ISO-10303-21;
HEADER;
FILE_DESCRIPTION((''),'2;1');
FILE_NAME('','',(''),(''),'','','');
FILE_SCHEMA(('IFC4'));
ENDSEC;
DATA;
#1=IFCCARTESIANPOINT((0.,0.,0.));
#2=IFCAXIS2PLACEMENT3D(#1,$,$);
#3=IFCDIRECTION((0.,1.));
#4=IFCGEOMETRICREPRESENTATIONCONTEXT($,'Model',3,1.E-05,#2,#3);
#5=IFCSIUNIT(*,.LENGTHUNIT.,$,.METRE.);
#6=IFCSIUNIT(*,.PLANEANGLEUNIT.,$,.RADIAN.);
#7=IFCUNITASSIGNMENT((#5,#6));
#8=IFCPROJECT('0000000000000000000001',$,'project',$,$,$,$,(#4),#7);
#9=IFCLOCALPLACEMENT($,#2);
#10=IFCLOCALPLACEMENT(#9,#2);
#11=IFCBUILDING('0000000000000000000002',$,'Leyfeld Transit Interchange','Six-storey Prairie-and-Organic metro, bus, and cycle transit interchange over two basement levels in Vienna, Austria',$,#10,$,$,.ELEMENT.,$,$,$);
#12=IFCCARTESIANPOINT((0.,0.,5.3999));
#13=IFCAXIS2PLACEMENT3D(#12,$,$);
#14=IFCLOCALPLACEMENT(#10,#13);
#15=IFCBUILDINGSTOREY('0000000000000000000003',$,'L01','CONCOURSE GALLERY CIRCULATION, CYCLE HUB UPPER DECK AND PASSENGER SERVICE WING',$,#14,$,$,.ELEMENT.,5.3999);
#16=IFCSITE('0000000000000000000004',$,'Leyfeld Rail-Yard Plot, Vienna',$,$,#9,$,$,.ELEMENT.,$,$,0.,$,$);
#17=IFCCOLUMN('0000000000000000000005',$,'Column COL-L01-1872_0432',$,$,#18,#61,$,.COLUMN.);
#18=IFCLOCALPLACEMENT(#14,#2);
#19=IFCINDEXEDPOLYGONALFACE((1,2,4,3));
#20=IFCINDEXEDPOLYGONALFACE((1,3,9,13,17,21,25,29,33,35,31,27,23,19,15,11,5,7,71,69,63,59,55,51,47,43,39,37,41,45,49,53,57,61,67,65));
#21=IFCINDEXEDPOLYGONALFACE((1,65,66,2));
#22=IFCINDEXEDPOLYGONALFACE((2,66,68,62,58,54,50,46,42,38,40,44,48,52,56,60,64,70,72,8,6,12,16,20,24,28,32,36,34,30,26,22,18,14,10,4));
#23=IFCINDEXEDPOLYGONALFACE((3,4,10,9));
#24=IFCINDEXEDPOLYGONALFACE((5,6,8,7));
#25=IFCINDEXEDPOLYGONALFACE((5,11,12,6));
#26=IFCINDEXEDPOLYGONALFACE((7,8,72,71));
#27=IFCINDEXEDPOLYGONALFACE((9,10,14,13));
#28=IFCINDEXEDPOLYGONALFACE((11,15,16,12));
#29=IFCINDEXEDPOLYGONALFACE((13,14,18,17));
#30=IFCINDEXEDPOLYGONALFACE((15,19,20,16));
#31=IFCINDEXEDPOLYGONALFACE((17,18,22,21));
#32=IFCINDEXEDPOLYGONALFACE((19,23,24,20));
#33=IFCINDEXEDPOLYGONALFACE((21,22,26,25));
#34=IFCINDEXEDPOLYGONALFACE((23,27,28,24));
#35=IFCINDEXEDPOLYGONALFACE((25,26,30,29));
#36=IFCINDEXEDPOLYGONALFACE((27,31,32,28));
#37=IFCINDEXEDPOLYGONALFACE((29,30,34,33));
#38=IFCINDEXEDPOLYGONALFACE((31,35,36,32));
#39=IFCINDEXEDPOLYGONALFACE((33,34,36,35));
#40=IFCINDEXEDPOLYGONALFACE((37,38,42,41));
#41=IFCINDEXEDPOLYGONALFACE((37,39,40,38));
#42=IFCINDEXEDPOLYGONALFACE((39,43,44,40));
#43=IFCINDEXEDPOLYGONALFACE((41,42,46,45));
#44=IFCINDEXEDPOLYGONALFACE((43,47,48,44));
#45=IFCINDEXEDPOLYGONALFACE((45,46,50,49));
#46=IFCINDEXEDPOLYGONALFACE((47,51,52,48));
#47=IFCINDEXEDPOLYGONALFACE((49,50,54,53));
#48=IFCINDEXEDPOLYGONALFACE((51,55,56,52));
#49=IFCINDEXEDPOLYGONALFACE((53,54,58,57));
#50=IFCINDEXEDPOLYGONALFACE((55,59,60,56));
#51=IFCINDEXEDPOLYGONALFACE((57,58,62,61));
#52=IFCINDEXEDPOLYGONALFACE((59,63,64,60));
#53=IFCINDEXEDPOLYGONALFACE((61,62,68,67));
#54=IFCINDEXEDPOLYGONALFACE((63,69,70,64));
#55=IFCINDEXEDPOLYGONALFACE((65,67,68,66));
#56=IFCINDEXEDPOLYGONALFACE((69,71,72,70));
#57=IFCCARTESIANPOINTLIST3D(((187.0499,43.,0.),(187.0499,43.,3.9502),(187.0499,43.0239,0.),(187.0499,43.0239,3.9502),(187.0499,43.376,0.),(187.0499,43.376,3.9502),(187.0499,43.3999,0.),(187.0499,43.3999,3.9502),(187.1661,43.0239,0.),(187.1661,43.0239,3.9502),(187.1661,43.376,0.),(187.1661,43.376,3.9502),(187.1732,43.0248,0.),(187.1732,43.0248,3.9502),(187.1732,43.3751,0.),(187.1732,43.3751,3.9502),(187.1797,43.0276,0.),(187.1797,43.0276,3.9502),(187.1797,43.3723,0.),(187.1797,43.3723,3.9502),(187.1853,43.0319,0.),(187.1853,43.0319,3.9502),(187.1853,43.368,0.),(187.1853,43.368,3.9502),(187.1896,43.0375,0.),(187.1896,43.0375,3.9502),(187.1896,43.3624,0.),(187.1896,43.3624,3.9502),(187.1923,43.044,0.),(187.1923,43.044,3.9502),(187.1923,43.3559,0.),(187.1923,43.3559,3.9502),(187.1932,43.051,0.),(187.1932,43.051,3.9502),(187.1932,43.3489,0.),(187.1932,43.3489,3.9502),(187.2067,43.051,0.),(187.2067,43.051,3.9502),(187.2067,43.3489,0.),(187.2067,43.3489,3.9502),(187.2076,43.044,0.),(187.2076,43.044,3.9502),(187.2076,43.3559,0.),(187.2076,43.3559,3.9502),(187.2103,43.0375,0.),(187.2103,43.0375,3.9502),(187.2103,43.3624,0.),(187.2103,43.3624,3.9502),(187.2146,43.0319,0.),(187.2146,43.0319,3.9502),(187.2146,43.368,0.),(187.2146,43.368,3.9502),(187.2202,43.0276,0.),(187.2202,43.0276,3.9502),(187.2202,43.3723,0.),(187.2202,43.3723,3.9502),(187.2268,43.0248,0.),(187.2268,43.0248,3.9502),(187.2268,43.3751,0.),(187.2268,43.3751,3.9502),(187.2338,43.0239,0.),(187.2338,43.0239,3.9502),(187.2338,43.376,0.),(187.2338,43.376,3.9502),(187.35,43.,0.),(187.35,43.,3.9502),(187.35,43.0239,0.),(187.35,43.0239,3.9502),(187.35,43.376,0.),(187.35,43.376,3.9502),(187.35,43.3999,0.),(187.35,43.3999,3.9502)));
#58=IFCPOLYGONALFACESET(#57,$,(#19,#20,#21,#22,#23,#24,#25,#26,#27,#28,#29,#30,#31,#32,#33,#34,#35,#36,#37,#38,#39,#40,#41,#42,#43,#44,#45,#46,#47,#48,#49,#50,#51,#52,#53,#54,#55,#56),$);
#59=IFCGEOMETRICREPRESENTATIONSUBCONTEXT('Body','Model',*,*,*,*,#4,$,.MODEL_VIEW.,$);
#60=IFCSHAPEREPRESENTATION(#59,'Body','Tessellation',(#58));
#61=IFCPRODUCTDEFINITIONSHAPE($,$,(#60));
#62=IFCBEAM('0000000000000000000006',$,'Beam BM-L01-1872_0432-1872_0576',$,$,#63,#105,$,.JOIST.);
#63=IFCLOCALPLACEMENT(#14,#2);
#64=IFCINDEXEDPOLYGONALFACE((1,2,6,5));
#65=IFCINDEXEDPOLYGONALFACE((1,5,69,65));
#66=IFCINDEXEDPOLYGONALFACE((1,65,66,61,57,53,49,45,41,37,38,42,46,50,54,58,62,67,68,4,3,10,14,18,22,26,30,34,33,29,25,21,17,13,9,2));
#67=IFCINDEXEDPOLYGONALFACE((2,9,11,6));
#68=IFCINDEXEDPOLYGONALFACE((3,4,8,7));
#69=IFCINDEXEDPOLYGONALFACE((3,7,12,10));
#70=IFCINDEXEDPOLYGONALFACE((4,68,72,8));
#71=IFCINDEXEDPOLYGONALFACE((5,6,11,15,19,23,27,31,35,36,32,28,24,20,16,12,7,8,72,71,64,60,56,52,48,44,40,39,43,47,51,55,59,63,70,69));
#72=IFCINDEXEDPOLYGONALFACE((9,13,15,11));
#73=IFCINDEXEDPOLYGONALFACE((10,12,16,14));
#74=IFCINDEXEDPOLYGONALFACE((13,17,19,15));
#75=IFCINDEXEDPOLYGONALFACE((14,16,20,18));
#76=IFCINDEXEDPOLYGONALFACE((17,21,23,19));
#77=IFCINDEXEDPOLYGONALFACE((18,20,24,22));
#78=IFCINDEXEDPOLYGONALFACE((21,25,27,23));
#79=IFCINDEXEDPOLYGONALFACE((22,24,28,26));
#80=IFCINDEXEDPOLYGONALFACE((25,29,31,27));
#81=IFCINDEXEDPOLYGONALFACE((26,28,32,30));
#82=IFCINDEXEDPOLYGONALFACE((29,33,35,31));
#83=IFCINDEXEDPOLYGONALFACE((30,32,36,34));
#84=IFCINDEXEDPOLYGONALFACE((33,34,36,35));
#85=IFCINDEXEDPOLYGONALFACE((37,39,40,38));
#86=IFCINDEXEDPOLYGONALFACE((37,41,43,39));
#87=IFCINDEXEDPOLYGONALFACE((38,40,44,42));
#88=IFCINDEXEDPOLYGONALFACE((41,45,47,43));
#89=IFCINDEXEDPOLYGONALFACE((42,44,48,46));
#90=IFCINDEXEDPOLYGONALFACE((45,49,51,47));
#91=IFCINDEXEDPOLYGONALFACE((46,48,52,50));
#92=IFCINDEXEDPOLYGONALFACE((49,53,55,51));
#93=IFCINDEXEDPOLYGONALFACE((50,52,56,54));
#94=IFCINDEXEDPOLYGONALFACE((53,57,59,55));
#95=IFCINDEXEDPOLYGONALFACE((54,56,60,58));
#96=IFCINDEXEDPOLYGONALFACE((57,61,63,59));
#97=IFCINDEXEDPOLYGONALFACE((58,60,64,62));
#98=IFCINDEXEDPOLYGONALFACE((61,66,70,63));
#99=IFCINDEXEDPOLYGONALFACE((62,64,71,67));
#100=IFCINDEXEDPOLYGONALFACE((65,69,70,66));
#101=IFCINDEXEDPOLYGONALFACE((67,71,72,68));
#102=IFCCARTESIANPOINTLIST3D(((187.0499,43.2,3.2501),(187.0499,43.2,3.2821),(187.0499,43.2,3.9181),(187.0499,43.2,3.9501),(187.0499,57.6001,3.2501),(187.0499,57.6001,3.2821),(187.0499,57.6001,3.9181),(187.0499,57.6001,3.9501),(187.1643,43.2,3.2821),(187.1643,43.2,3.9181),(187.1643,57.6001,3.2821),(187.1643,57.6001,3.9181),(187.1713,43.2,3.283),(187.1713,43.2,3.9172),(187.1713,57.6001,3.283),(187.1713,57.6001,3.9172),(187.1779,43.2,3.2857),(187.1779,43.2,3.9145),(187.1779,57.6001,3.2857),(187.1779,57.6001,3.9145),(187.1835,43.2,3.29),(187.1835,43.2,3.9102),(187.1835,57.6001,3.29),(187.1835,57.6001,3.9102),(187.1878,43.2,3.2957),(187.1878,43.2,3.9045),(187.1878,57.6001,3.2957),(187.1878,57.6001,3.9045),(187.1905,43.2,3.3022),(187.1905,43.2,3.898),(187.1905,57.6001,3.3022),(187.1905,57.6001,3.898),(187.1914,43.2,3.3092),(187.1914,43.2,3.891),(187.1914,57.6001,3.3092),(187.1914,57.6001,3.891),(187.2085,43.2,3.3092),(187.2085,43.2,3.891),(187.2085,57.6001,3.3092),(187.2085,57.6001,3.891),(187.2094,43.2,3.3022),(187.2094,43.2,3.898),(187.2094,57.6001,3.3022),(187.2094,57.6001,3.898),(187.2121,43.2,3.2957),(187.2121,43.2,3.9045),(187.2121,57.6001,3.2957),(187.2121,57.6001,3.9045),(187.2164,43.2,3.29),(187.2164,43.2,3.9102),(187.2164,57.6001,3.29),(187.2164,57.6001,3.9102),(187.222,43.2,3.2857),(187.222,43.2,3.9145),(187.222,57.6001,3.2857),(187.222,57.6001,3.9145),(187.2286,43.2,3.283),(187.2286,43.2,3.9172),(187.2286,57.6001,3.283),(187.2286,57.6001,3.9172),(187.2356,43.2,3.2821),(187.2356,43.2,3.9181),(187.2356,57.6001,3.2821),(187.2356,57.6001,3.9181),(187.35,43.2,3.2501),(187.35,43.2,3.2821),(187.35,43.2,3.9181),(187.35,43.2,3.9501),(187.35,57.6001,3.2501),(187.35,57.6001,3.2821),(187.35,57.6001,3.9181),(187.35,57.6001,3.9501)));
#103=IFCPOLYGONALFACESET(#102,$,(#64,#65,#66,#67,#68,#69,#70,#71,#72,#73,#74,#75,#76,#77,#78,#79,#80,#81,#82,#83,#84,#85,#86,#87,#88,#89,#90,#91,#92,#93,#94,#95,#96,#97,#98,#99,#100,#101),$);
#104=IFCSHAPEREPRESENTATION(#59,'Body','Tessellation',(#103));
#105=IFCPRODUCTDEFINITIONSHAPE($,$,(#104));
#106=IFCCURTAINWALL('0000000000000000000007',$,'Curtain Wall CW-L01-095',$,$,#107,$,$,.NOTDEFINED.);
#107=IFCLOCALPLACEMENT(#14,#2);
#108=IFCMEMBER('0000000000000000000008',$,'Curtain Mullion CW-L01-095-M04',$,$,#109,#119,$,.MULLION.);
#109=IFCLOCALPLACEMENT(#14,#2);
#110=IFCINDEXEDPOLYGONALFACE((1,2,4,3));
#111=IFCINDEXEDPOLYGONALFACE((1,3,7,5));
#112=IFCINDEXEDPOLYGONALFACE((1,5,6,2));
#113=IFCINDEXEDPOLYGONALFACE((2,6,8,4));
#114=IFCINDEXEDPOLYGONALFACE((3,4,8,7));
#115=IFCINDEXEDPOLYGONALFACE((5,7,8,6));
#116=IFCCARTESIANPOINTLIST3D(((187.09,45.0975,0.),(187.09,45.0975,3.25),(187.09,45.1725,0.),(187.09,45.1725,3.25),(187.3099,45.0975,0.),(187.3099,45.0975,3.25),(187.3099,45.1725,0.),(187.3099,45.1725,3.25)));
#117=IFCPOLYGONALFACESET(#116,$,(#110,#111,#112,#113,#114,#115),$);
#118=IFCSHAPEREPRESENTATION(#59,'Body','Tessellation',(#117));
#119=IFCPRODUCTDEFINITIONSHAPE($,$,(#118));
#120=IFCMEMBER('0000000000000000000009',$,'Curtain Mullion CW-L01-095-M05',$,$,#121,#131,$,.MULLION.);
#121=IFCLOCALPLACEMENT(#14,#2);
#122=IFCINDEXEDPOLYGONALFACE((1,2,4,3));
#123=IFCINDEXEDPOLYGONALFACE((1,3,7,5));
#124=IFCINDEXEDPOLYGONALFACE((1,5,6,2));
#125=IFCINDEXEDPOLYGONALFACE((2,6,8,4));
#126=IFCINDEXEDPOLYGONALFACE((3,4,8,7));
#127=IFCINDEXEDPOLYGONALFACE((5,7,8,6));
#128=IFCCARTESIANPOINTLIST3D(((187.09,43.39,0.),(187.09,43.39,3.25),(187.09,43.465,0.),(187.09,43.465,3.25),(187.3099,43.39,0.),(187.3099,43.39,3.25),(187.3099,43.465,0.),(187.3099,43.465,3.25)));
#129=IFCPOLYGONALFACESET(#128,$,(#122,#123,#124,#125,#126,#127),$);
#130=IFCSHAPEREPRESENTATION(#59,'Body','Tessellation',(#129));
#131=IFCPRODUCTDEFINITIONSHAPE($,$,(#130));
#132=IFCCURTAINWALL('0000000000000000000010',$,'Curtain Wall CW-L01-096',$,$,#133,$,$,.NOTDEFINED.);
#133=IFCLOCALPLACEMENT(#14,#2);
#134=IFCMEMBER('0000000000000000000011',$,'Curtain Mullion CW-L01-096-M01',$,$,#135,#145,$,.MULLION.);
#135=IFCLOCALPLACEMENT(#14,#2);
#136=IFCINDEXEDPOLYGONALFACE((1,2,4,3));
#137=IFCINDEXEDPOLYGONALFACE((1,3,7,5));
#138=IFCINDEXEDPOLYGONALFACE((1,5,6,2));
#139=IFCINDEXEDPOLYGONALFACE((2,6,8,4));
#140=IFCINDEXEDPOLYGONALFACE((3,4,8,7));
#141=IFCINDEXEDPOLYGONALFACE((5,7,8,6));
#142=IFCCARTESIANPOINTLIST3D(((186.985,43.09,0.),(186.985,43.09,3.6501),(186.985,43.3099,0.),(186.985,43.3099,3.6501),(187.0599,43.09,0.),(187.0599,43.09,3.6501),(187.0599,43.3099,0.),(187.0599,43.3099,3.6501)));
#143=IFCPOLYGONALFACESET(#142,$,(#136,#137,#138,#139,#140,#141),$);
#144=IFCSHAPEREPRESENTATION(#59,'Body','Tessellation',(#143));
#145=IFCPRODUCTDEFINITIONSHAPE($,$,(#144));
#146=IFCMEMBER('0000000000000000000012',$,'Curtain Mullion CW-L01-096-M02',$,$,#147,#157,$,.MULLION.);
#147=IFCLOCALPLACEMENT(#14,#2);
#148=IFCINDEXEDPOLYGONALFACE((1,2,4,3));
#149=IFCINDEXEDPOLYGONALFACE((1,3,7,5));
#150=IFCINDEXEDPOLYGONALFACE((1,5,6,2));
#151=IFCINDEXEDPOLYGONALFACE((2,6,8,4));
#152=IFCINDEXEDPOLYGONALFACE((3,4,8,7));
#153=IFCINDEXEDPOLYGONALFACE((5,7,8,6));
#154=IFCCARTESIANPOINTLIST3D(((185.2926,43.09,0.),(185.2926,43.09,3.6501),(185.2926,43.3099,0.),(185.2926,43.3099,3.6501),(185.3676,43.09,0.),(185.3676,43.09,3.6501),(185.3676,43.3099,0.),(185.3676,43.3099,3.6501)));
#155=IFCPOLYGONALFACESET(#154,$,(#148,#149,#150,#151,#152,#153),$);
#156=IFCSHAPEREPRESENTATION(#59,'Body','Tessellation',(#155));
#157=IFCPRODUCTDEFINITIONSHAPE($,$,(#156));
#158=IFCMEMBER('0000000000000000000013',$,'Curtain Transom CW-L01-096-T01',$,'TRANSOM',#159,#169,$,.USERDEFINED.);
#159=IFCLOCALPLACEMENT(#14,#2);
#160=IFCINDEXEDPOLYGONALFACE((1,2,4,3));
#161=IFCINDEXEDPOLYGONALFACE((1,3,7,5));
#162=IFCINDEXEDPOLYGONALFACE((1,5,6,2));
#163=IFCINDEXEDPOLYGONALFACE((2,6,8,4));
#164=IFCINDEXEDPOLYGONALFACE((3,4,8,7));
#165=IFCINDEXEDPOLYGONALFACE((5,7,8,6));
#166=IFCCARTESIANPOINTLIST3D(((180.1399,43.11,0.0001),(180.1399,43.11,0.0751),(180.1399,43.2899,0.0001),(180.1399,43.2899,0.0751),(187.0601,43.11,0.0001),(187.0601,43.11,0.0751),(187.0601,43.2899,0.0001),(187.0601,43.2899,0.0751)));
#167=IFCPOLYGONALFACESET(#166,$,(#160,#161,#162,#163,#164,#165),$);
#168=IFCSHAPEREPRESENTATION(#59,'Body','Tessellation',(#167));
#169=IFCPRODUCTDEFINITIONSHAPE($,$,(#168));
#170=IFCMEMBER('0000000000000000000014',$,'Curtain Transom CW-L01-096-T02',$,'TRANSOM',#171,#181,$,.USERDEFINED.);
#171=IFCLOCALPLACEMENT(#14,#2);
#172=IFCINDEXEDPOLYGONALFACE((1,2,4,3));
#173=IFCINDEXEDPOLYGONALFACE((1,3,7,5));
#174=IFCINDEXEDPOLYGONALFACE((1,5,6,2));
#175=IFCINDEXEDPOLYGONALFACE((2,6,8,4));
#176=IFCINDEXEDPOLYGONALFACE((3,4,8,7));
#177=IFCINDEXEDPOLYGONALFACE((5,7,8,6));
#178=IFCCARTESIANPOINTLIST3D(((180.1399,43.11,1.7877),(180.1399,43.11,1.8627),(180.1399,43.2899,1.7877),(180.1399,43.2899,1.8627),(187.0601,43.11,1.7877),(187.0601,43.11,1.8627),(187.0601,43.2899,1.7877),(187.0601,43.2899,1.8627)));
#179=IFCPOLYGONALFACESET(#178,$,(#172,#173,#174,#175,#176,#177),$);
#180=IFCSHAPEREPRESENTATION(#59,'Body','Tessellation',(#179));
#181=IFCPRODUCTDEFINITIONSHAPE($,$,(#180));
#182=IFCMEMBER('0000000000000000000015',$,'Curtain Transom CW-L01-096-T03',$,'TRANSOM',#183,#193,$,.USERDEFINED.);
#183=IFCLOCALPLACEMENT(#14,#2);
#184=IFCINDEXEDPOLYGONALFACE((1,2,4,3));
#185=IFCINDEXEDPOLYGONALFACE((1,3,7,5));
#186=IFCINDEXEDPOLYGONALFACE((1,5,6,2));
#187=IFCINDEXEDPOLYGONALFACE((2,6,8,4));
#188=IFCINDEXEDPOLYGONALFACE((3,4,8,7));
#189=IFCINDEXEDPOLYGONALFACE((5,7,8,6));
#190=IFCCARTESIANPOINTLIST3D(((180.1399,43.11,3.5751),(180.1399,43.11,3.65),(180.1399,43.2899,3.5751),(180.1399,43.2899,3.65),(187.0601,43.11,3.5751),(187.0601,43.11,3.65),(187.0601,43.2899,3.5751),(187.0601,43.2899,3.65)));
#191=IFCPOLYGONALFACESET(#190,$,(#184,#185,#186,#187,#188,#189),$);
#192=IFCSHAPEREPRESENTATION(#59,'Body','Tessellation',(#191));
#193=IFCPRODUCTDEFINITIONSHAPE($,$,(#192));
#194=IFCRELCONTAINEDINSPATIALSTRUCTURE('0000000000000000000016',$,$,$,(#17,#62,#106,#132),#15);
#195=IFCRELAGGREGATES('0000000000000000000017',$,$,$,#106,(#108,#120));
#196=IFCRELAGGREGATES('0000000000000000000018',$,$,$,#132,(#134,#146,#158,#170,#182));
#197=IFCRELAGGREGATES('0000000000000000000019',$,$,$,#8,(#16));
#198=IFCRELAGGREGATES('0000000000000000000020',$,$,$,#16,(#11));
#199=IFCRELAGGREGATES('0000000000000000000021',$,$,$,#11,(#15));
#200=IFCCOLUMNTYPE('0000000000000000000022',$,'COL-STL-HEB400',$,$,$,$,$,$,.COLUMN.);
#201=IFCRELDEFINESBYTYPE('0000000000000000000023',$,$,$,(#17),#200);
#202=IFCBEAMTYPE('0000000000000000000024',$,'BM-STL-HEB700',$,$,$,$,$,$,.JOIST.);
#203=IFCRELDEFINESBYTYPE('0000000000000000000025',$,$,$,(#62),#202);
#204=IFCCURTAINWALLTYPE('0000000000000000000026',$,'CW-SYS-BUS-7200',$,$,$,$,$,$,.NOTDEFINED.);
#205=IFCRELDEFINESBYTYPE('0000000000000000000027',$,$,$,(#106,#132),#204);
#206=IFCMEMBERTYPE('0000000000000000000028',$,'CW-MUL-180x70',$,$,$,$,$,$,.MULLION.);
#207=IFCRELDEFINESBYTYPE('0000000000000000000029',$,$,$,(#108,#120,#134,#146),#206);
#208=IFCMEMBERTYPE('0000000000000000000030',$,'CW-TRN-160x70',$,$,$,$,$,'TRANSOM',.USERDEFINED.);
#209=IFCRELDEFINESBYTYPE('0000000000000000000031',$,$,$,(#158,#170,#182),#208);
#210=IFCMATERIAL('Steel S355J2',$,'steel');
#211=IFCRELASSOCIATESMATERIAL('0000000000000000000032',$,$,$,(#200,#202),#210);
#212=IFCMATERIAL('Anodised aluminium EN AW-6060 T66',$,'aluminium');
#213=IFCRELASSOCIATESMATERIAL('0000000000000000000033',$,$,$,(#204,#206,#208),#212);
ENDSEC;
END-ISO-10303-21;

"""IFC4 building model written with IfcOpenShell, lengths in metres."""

from ifc_helpers import new_model, si_unit, direction, frame, origin, origin_2d, place, context, subcontext, project, spatial, rectangle, i_section, extrude, material, material_profile, profile_set, type_object, element, aggregate, save


model = new_model("IFC4")

# Units and contexts
model_context = context("Model", 3, precision=1e-05, world=origin(), true_north=direction((0.0, 1.0)))
body_context = subcontext(model_context, "Body", "Model", "MODEL_VIEW")
ifc_project = project(units=[si_unit("LENGTHUNIT", "METRE"), si_unit("PLANEANGLEUNIT", "RADIAN")], contexts=[model_context])

# Site, building, storey
site_placement = place(None, origin())
site = spatial("IfcSite", under=ifc_project, at=site_placement, Name="Leyfeld Rail-Yard Plot, Vienna", CompositionType="ELEMENT", RefElevation=0.0)
building_placement = place(site_placement, origin())
building = spatial("IfcBuilding", under=site, at=building_placement, Name="Leyfeld Transit Interchange", Description="Six-storey Prairie-and-Organic metro, bus, and cycle transit interchange over two basement levels in Vienna, Austria", CompositionType="ELEMENT")
storey_placement = place(building_placement, frame((0.0, 0.0, 5.3999)))
storey = spatial("IfcBuildingStorey", under=building, at=storey_placement, Name="L01", Description="CONCOURSE GALLERY CIRCULATION, CYCLE HUB UPPER DECK AND PASSENGER SERVICE WING", CompositionType="ELEMENT", Elevation=5.3999)

# Column
ifc_material_1 = material(Name="Steel S355J2", Category="steel")
ifc_material_profile_1 = material_profile(ifc_material_1, i_section(OverallWidth=0.3, OverallDepth=0.3999, WebThickness=0.0134, FlangeThickness=0.0239, FilletRadius=0.0271, at=origin_2d()), Name="HEB 400")
ifc_profile_set_1 = profile_set([ifc_material_profile_1], Name="Steel S355J2")
column_type = type_object("IfcColumnType", Name="COL-STL-HEB400", PredefinedType="COLUMN", material=ifc_profile_set_1)
column_placement = place(storey_placement, frame((187.2, 43.2, 0.0), z_axis=(0.0, 0.0, 1.0), x_axis=(1.0, 0.0, 0.0)))
element("IfcColumn", 1, at=column_placement, inside=storey, type_object=column_type, Name="Column COL-L01-1872_0432", PredefinedType="COLUMN", context=body_context, shape_type="SweptSolid", body=[
    extrude(i_section(OverallWidth=0.3, OverallDepth=0.3999, WebThickness=0.0134, FlangeThickness=0.0239, FilletRadius=0.0271, at=origin_2d()), origin(), (0.0, 0.0, 1.0), 3.9502),
])

# Beam
ifc_material_profile_2 = material_profile(ifc_material_1, i_section(OverallWidth=0.3, OverallDepth=0.7, WebThickness=0.0171, FlangeThickness=0.032, FilletRadius=0.0271, at=origin_2d()), Name="HEB 700")
ifc_profile_set_2 = profile_set([ifc_material_profile_2], Name="Steel S355J2")
beam_type = type_object("IfcBeamType", Name="BM-STL-HEB700", PredefinedType="JOIST", material=ifc_profile_set_2)
beam_placement = place(storey_placement, frame((187.2, 43.2, 3.6001), z_axis=(0.0, 1.0, 0.0), x_axis=(-1.0, 0.0, 0.0)))
element("IfcBeam", 2, at=beam_placement, inside=storey, type_object=beam_type, Name="Beam BM-L01-1872_0432-1872_0576", PredefinedType="JOIST", context=body_context, shape_type="SweptSolid", body=[
    extrude(i_section(OverallWidth=0.3, OverallDepth=0.7, WebThickness=0.0171, FlangeThickness=0.032, FilletRadius=0.0271, at=origin_2d()), origin(), (0.0, 0.0, 1.0), 14.4001),
])

# Curtain walls, members
ifc_material_2 = material(Name="Anodised aluminium EN AW-6060 T66", Category="aluminium")
curtain_wall_type = type_object("IfcCurtainWallType", Name="CW-SYS-BUS-7200", PredefinedType="NOTDEFINED", material=ifc_material_2)
curtain_wall_1_placement = place(storey_placement, origin())
curtain_wall_1 = element("IfcCurtainWall", 3, at=curtain_wall_1_placement, inside=storey, type_object=curtain_wall_type, Name="Curtain Wall CW-L01-095", PredefinedType="NOTDEFINED")
ifc_material_profile_3 = material_profile(ifc_material_2, rectangle(XDim=0.075, YDim=0.22, at=origin_2d()), Name="CW-M 75x220")
ifc_profile_set_3 = profile_set([ifc_material_profile_3], Name="Anodised aluminium EN AW-6060 T66")
member_type_1 = type_object("IfcMemberType", Name="CW-MUL-180x70", PredefinedType="MULLION", material=ifc_profile_set_3)
member_1_placement = place(storey_placement, frame((187.2, 45.135, 0.0), z_axis=(0.0, 0.0, 1.0), x_axis=(0.0, -1.0, 0.0)))
member_1 = element("IfcMember", 4, at=member_1_placement, type_object=member_type_1, Name="Curtain Mullion CW-L01-095-M04", PredefinedType="MULLION", context=body_context, shape_type="SweptSolid", body=[
    extrude(rectangle(XDim=0.075, YDim=0.22, at=origin_2d()), origin(), (0.0, 0.0, 1.0), 3.25),
])
member_2_placement = place(storey_placement, frame((187.2, 43.4275, 0.0), z_axis=(0.0, 0.0, 1.0), x_axis=(0.0, -1.0, 0.0)))
member_2 = element("IfcMember", 5, at=member_2_placement, type_object=member_type_1, Name="Curtain Mullion CW-L01-095-M05", PredefinedType="MULLION", context=body_context, shape_type="SweptSolid", body=[
    extrude(rectangle(XDim=0.075, YDim=0.22, at=origin_2d()), origin(), (0.0, 0.0, 1.0), 3.25),
])
curtain_wall_2_placement = place(storey_placement, origin())
curtain_wall_2 = element("IfcCurtainWall", 6, at=curtain_wall_2_placement, inside=storey, type_object=curtain_wall_type, Name="Curtain Wall CW-L01-096", PredefinedType="NOTDEFINED")
member_3_placement = place(storey_placement, frame((187.0225, 43.2, 0.0), z_axis=(0.0, 0.0, 1.0), x_axis=(-1.0, 0.0, 0.0)))
member_3 = element("IfcMember", 7, at=member_3_placement, type_object=member_type_1, Name="Curtain Mullion CW-L01-096-M01", PredefinedType="MULLION", context=body_context, shape_type="SweptSolid", body=[
    extrude(rectangle(XDim=0.075, YDim=0.22, at=origin_2d()), origin(), (0.0, 0.0, 1.0), 3.6501),
])
member_4_placement = place(storey_placement, frame((185.3301, 43.2, 0.0), z_axis=(0.0, 0.0, 1.0), x_axis=(-1.0, 0.0, 0.0)))
member_4 = element("IfcMember", 8, at=member_4_placement, type_object=member_type_1, Name="Curtain Mullion CW-L01-096-M02", PredefinedType="MULLION", context=body_context, shape_type="SweptSolid", body=[
    extrude(rectangle(XDim=0.075, YDim=0.22, at=origin_2d()), origin(), (0.0, 0.0, 1.0), 3.6501),
])
ifc_material_profile_4 = material_profile(ifc_material_2, rectangle(XDim=0.1799, YDim=0.075, at=origin_2d()), Name="CW-TRN-160x70")
ifc_profile_set_4 = profile_set([ifc_material_profile_4], Name="Anodised aluminium EN AW-6060 T66")
member_type_2 = type_object("IfcMemberType", Name="CW-TRN-160x70", ElementType="TRANSOM", PredefinedType="USERDEFINED", material=ifc_profile_set_4)
member_5_placement = place(storey_placement, frame((187.0601, 43.2, 0.0376), z_axis=(-1.0, 0.0, 0.0), x_axis=(0.0, -1.0, 0.0)))
member_5 = element("IfcMember", 9, at=member_5_placement, type_object=member_type_2, Name="Curtain Transom CW-L01-096-T01", ObjectType="TRANSOM", PredefinedType="USERDEFINED", context=body_context, shape_type="SweptSolid", body=[
    extrude(rectangle(XDim=0.1799, YDim=0.075, at=origin_2d()), origin(), (0.0, 0.0, 1.0), 6.9202),
])
member_6_placement = place(storey_placement, frame((187.0601, 43.2, 1.8252), z_axis=(-1.0, 0.0, 0.0), x_axis=(0.0, -1.0, 0.0)))
member_6 = element("IfcMember", 10, at=member_6_placement, type_object=member_type_2, Name="Curtain Transom CW-L01-096-T02", ObjectType="TRANSOM", PredefinedType="USERDEFINED", context=body_context, shape_type="SweptSolid", body=[
    extrude(rectangle(XDim=0.1799, YDim=0.075, at=origin_2d()), origin(), (0.0, 0.0, 1.0), 6.9202),
])
member_7_placement = place(storey_placement, frame((187.0601, 43.2, 3.6125), z_axis=(-1.0, 0.0, 0.0), x_axis=(0.0, -1.0, 0.0)))
member_7 = element("IfcMember", 11, at=member_7_placement, type_object=member_type_2, Name="Curtain Transom CW-L01-096-T03", ObjectType="TRANSOM", PredefinedType="USERDEFINED", context=body_context, shape_type="SweptSolid", body=[
    extrude(rectangle(XDim=0.1799, YDim=0.075, at=origin_2d()), origin(), (0.0, 0.0, 1.0), 6.9202),
])

aggregate(curtain_wall_1, [member_1, member_2])
aggregate(curtain_wall_2, [member_3, member_4, member_5, member_6, member_7])

save(model, "model.ifc")
